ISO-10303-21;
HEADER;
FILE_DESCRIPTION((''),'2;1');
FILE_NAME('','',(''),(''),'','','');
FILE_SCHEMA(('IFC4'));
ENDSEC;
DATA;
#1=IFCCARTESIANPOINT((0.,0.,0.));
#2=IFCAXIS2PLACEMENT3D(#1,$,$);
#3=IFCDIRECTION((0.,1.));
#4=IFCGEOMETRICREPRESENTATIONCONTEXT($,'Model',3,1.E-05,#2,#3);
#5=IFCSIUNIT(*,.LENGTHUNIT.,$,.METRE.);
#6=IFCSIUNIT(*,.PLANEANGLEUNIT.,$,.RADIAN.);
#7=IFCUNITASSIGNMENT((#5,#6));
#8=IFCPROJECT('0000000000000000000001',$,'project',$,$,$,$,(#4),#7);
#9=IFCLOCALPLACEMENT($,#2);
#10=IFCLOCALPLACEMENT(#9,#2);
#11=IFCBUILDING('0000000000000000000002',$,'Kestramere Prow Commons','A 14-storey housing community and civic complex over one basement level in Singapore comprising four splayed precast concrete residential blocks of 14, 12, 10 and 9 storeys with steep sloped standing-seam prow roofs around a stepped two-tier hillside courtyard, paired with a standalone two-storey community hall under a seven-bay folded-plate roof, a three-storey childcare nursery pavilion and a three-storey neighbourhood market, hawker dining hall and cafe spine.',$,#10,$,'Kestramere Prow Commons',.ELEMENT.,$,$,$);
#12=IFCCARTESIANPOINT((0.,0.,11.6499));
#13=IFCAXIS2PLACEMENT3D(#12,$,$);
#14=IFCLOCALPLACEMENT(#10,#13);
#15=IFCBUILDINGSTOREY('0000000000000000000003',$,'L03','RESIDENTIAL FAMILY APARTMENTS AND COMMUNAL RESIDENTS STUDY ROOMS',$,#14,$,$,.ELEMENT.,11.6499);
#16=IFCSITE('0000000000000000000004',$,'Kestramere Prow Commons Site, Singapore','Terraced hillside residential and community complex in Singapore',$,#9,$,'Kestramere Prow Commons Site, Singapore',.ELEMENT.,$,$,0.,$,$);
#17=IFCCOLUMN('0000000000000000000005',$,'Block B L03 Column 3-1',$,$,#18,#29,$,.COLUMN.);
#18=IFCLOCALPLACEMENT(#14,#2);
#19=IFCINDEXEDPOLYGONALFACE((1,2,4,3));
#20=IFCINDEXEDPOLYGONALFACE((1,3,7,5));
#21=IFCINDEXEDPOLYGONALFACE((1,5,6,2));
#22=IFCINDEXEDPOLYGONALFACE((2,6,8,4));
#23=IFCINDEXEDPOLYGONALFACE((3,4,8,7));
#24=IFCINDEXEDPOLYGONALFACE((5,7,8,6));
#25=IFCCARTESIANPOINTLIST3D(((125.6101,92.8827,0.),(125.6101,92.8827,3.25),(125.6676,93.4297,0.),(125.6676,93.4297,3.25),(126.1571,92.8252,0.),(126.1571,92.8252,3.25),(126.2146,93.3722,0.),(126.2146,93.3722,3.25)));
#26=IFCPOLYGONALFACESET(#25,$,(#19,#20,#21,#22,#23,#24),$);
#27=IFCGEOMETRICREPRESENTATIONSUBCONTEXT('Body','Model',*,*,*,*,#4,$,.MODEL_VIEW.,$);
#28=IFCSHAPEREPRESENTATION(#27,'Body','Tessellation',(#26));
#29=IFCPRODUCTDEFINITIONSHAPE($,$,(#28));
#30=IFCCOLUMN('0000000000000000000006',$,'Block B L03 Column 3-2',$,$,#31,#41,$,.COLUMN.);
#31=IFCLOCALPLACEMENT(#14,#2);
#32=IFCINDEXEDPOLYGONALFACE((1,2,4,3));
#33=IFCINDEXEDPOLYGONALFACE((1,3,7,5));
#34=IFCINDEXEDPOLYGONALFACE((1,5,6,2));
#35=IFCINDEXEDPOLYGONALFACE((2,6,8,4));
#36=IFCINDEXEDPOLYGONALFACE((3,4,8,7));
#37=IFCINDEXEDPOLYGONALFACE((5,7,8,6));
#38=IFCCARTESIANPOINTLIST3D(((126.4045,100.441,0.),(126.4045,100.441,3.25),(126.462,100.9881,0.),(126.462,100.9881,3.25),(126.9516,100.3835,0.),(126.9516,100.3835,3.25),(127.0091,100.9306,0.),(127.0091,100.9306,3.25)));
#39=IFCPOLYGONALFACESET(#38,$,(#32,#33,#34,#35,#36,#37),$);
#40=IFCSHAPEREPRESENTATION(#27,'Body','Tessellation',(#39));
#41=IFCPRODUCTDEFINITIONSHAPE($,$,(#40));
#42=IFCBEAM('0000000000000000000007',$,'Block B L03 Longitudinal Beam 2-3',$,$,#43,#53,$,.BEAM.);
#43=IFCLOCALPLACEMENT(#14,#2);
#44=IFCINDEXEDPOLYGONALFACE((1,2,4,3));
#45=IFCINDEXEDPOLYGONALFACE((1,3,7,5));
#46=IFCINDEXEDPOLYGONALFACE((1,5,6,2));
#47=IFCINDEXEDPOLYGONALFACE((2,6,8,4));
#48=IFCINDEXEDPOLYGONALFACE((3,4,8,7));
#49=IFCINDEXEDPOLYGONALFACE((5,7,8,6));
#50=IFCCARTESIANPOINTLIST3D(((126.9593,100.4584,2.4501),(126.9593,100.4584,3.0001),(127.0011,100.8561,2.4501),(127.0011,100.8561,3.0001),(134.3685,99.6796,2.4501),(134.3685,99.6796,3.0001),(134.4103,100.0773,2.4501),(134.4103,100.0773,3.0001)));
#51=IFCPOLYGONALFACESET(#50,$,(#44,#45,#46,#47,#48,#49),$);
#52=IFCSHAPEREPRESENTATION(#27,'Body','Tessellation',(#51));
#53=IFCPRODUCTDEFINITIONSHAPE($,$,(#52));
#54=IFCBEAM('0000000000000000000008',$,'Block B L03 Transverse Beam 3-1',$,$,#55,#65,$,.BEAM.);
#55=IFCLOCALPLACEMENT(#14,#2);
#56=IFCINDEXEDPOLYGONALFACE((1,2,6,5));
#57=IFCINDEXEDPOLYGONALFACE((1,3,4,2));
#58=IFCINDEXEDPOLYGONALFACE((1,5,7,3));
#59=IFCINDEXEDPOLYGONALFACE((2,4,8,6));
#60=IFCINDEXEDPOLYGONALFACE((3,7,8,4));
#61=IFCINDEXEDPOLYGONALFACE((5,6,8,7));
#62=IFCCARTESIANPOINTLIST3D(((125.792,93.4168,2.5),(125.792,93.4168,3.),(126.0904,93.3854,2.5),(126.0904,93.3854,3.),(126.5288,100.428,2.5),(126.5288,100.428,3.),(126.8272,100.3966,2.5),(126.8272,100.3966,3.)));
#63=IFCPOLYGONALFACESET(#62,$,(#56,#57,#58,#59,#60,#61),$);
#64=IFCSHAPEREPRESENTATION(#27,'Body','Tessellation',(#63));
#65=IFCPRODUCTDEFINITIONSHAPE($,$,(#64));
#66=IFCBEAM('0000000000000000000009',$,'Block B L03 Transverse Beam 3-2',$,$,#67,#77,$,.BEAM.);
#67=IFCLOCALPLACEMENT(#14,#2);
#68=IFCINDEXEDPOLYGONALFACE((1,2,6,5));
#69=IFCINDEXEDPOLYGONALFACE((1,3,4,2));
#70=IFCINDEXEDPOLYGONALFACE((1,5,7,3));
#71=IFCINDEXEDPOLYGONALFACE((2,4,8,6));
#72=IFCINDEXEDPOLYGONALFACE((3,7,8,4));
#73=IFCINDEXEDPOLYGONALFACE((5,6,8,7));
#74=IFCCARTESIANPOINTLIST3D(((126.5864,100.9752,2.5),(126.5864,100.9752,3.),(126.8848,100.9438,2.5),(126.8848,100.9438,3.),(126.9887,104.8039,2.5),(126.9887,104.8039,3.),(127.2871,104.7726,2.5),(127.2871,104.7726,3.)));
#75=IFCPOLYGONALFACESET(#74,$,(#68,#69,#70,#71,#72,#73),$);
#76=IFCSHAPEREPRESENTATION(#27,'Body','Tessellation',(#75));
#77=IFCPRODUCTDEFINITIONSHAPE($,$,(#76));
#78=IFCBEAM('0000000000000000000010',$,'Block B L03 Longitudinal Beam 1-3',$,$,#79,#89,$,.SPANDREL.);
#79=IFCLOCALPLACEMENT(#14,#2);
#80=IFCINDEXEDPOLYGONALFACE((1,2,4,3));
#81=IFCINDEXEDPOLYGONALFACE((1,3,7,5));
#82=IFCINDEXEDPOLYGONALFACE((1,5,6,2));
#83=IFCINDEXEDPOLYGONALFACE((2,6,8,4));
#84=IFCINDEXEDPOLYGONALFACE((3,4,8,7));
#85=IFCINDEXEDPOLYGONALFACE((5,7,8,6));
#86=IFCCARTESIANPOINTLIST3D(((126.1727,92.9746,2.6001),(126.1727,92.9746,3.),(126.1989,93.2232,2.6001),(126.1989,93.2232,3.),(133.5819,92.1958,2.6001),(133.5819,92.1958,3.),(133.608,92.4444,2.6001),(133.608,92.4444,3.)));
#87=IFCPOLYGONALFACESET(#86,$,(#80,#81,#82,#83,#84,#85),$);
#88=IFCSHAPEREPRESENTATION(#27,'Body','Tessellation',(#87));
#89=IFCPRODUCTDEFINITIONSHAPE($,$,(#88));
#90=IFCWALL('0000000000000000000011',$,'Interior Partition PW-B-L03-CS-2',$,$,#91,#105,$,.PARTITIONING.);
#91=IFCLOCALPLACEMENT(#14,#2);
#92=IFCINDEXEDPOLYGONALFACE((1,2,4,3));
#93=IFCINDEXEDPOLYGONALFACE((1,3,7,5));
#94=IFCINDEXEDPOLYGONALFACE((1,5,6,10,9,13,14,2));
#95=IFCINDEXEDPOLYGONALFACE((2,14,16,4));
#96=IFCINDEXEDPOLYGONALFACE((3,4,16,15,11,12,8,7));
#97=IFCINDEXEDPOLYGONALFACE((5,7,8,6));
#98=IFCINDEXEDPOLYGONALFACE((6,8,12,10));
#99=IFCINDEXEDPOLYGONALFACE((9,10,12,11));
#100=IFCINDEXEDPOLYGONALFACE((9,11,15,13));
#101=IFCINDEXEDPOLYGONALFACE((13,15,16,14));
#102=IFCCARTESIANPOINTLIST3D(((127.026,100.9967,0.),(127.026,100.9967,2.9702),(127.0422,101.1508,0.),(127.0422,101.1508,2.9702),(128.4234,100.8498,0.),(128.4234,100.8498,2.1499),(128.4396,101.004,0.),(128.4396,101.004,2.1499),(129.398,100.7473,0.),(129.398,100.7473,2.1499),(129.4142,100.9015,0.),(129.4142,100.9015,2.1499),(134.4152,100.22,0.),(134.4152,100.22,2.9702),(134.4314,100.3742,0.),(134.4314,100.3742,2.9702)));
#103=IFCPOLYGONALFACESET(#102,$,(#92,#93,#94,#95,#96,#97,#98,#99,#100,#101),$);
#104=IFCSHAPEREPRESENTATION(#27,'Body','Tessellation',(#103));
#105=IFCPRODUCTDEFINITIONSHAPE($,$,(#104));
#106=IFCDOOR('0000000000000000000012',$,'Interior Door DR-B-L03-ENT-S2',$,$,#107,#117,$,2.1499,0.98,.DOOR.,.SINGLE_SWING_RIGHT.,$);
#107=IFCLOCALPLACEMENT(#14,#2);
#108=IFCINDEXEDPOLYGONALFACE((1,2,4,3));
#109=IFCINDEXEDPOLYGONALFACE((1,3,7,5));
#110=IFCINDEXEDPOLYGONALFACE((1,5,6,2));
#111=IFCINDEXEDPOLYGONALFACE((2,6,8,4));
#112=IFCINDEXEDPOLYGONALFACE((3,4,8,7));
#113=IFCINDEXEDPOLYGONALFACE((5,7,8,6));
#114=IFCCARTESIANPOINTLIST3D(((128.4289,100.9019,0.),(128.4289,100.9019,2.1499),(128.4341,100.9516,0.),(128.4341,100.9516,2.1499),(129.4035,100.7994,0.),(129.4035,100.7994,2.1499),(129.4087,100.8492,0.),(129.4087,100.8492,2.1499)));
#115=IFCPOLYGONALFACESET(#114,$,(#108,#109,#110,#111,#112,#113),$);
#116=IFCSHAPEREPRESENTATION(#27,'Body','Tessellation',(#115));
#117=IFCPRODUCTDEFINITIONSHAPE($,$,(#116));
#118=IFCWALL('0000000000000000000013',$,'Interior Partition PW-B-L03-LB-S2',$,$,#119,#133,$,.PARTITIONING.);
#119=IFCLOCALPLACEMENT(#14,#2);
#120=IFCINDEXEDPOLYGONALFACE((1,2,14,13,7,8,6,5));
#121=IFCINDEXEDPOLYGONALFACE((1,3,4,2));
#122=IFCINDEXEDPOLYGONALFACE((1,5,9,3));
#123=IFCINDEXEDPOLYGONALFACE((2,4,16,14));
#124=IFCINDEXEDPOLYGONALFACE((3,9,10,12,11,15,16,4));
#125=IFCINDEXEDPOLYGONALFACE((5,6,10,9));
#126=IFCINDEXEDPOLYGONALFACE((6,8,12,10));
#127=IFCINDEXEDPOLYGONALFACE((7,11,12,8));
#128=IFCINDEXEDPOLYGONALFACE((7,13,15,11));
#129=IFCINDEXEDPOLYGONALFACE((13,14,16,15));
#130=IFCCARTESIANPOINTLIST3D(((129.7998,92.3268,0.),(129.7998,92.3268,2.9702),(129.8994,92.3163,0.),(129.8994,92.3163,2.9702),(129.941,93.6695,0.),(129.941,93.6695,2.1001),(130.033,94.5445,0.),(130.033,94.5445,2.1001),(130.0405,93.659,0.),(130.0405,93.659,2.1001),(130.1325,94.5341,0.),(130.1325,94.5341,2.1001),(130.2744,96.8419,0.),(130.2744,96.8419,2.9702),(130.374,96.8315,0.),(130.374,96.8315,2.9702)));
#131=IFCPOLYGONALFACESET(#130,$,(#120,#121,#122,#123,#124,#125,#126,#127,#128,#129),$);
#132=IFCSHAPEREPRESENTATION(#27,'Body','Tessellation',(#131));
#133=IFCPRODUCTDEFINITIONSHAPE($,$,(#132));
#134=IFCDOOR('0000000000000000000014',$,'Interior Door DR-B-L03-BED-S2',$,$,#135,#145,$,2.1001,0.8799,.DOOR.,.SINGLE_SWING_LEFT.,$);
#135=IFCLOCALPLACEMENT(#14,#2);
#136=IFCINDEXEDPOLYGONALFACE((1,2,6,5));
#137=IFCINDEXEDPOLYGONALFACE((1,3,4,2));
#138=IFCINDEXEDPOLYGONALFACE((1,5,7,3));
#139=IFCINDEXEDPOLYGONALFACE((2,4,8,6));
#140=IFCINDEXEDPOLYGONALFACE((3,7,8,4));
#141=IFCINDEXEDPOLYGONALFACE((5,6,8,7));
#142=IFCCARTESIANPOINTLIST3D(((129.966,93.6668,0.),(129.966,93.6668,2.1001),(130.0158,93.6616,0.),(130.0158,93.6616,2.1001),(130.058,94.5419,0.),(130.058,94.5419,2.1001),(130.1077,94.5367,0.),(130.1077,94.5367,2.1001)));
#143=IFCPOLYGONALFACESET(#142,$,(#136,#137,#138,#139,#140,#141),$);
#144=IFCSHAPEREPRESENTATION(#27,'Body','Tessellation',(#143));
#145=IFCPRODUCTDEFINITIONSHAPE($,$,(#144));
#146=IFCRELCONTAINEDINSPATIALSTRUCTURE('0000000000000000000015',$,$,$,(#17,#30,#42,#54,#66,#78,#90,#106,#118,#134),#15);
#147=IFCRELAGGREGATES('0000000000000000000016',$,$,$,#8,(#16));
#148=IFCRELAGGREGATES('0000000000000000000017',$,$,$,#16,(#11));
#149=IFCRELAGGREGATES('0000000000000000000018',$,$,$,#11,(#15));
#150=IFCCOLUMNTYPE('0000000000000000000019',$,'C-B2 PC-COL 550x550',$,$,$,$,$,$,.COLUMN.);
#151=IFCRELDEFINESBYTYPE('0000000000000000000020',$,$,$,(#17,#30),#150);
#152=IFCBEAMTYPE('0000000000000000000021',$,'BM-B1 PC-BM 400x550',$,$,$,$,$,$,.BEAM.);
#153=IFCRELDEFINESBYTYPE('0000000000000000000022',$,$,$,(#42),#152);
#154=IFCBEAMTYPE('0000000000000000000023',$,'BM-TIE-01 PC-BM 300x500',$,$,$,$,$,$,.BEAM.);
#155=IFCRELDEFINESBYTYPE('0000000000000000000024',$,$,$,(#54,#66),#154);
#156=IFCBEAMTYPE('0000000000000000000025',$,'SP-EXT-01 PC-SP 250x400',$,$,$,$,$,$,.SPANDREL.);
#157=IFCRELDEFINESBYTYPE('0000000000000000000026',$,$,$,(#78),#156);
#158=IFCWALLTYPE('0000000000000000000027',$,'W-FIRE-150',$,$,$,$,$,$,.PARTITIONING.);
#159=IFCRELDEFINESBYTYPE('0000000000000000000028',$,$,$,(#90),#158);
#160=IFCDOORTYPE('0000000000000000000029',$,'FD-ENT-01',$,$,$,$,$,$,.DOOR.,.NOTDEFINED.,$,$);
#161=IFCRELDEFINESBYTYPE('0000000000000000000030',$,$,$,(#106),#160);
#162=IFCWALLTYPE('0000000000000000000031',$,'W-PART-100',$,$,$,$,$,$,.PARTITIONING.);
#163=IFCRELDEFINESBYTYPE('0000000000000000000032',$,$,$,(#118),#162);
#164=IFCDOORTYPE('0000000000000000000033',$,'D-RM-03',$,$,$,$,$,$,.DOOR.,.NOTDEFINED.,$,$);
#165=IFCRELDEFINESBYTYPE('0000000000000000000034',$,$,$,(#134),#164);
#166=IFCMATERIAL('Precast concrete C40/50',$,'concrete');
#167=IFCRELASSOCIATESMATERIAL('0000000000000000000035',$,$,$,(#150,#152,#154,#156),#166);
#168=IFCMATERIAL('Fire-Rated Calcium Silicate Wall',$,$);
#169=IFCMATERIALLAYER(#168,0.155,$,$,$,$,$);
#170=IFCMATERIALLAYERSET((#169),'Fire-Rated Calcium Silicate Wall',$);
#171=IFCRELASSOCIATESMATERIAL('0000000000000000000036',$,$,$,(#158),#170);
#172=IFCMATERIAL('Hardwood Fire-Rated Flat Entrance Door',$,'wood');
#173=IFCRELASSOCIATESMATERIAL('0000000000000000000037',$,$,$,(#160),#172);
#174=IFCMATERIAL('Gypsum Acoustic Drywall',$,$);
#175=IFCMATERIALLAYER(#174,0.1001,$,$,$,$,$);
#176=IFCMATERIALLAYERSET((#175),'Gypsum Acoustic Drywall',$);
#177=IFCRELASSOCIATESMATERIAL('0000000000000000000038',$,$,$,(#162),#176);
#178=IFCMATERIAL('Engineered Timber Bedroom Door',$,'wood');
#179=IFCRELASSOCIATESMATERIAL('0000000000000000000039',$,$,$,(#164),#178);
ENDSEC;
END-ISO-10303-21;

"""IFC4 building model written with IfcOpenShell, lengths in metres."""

from ifc_helpers import new_model, si_unit, direction, frame, frame_2d, origin, origin_2d, place, context, subcontext, project, spatial, rectangle, extrude, material, layer, layer_set, material_profile, profile_set, type_object, element, fill, save


model = new_model("IFC4")

# Units and contexts
model_context = context("Model", 3, precision=1e-05, world=origin(), true_north=direction((0.0, 1.0)))
body_context = subcontext(model_context, "Body", "Model", "MODEL_VIEW")
ifc_project = project(units=[si_unit("LENGTHUNIT", "METRE"), si_unit("PLANEANGLEUNIT", "RADIAN")], contexts=[model_context])

# Site, building, storey
site_placement = place(None, origin())
site = spatial("IfcSite", under=ifc_project, at=site_placement, Name="Kestramere Prow Commons Site, Singapore", Description="Terraced hillside residential and community complex in Singapore", LongName="Kestramere Prow Commons Site, Singapore", CompositionType="ELEMENT", RefElevation=0.0)
building_placement = place(site_placement, origin())
building = spatial("IfcBuilding", under=site, at=building_placement, Name="Kestramere Prow Commons", Description="A 14-storey housing community and civic complex over one basement level in Singapore comprising four splayed precast concrete residential blocks of 14, 12, 10 and 9 storeys with steep sloped standing-seam prow roofs around a stepped two-tier hillside courtyard, paired with a standalone two-storey community hall under a seven-bay folded-plate roof, a three-storey childcare nursery pavilion and a three-storey neighbourhood market, hawker dining hall and cafe spine.", LongName="Kestramere Prow Commons", CompositionType="ELEMENT")
storey_placement = place(building_placement, frame((0.0, 0.0, 11.6499)))
storey = spatial("IfcBuildingStorey", under=building, at=storey_placement, Name="L03", Description="RESIDENTIAL FAMILY APARTMENTS AND COMMUNAL RESIDENTS STUDY ROOMS", CompositionType="ELEMENT", Elevation=11.6499)

# Columns
ifc_material_1 = material(Name="Precast concrete C40/50", Category="concrete")
ifc_material_profile_1 = material_profile(ifc_material_1, rectangle(XDim=0.55, YDim=0.55, at=origin_2d()), Name="PC-COL 550x550")
ifc_profile_set_1 = profile_set([ifc_material_profile_1], Name="Precast concrete C40/50")
column_type = type_object("IfcColumnType", Name="C-B2 PC-COL 550x550", PredefinedType="COLUMN", material=ifc_profile_set_1)
for number, where, z_axis, x_axis, name in (
    (1, (125.9124, 93.1274, 0.0), (0.0, 0.0, 1.0), (0.994522, -0.104528, 0.0), "Block B L03 Column 3-1"),
    (2, (126.7068, 100.6858, 0.0), (0.0, 0.0, 1.0), (0.994522, -0.104528, 0.0), "Block B L03 Column 3-2"),
):
    element("IfcColumn", number, at=place(storey_placement, frame(where, z_axis=z_axis, x_axis=x_axis)), inside=storey, type_object=column_type, Name=name, PredefinedType="COLUMN", context=body_context, shape_type="SweptSolid", body=[
        extrude(rectangle(XDim=0.55, YDim=0.55, at=origin_2d()), origin(), (0.0, 0.0, 1.0), 3.25),
    ])

# Beams
ifc_material_profile_2 = material_profile(ifc_material_1, rectangle(XDim=0.3999, YDim=0.55, at=origin_2d()), Name="PC-BM 400x550")
ifc_profile_set_2 = profile_set([ifc_material_profile_2], Name="Precast concrete C40/50")
beam_type_1 = type_object("IfcBeamType", Name="BM-B1 PC-BM 400x550", PredefinedType="BEAM", material=ifc_profile_set_2)
beam_1_placement = place(storey_placement, frame((126.9802, 100.6572, 2.7251), z_axis=(0.994521, -0.104538, 0.0), x_axis=(0.104538, 0.994521, 0.0)))
element("IfcBeam", 3, at=beam_1_placement, inside=storey, type_object=beam_type_1, Name="Block B L03 Longitudinal Beam 2-3", PredefinedType="BEAM", context=body_context, shape_type="SweptSolid", body=[
    extrude(rectangle(XDim=0.3999, YDim=0.55, at=origin_2d()), origin(), (0.0, 0.0, 1.0), 7.45),
])
ifc_material_profile_3 = material_profile(ifc_material_1, rectangle(XDim=0.3, YDim=0.5, at=origin_2d()), Name="PC-BM 300x500")
ifc_profile_set_3 = profile_set([ifc_material_profile_3], Name="Precast concrete C40/50")
beam_type_2 = type_object("IfcBeamType", Name="BM-TIE-01 PC-BM 300x500", PredefinedType="BEAM", material=ifc_profile_set_3)
beam_2_placement = place(storey_placement, frame((125.9412, 93.4011, 2.75), z_axis=(0.104515, 0.994523, 0.0), x_axis=(-0.994523, 0.104515, 0.0)))
element("IfcBeam", 4, at=beam_2_placement, inside=storey, type_object=beam_type_2, Name="Block B L03 Transverse Beam 3-1", PredefinedType="BEAM", context=body_context, shape_type="SweptSolid", body=[
    extrude(rectangle(XDim=0.3, YDim=0.5, at=origin_2d()), origin(), (0.0, 0.0, 1.0), 7.0498),
])
beam_3_placement = place(storey_placement, frame((126.7356, 100.9595, 2.75), z_axis=(0.104507, 0.994524, 0.0), x_axis=(-0.994524, 0.104507, 0.0)))
element("IfcBeam", 5, at=beam_3_placement, inside=storey, type_object=beam_type_2, Name="Block B L03 Transverse Beam 3-2", PredefinedType="BEAM", context=body_context, shape_type="SweptSolid", body=[
    extrude(rectangle(XDim=0.3, YDim=0.5, at=origin_2d()), origin(), (0.0, 0.0, 1.0), 3.8499),
])
ifc_material_profile_4 = material_profile(ifc_material_1, rectangle(XDim=0.25, YDim=0.3999, at=origin_2d()), Name="PC-SP 250x400")
ifc_profile_set_4 = profile_set([ifc_material_profile_4], Name="Precast concrete C40/50")
beam_type_3 = type_object("IfcBeamType", Name="SP-EXT-01 PC-SP 250x400", PredefinedType="SPANDREL", material=ifc_profile_set_4)
beam_4_placement = place(storey_placement, frame((126.1858, 93.0989, 2.8), z_axis=(0.994521, -0.104538, 0.0), x_axis=(0.104538, 0.994521, 0.0)))
element("IfcBeam", 6, at=beam_4_placement, inside=storey, type_object=beam_type_3, Name="Block B L03 Longitudinal Beam 1-3", PredefinedType="SPANDREL", context=body_context, shape_type="SweptSolid", body=[
    extrude(rectangle(XDim=0.25, YDim=0.3999, at=origin_2d()), origin(), (0.0, 0.0, 1.0), 7.45),
])

# Walls, openings, doors
ifc_material_2 = material(Name="Fire-Rated Calcium Silicate Wall")
ifc_layer_1 = layer(ifc_material_2, 0.155)
ifc_layer_set_1 = layer_set([ifc_layer_1], Name="Fire-Rated Calcium Silicate Wall")
wall_type_1 = type_object("IfcWallType", Name="W-FIRE-150", PredefinedType="PARTITIONING", material=ifc_layer_set_1)
wall_1_placement = place(storey_placement, frame((127.0342, 101.0737, 0.0), z_axis=(0.0, 0.0, 1.0), x_axis=(0.994522, -0.104526, 0.0)))
wall_1 = element("IfcWall", 7, at=wall_1_placement, inside=storey, type_object=wall_type_1, Name="Interior Partition PW-B-L03-CS-2", PredefinedType="PARTITIONING", context=body_context, shape_type="SweptSolid", body=[
    extrude(rectangle(XDim=7.4299, YDim=0.155, at=frame_2d((3.7148, 0.0))), origin(), (0.0, 0.0, 1.0), 2.9702),
])
opening_1_placement = place(wall_1_placement, frame((1.405, 0.0, 0.0)))
opening_1 = element("IfcOpeningElement", 8, at=opening_1_placement, cuts=wall_1, PredefinedType="OPENING", context=body_context, shape_type="SweptSolid", body=[
    extrude(rectangle(XDim=0.98, YDim=2.1499, at=frame_2d((0.49, 1.075))), frame((0.0, 0.0925, 0.0), z_axis=(0.0, -1.0, 0.0), x_axis=(1.0, 0.0, 0.0)), (0.0, 0.0, 1.0), 0.1851),
])
ifc_material_3 = material(Name="Hardwood Fire-Rated Flat Entrance Door", Category="wood")
door_type_1 = type_object("IfcDoorType", Name="FD-ENT-01", OperationType="NOTDEFINED", PredefinedType="DOOR", material=ifc_material_3)
door_1_placement = place(opening_1_placement, origin())
door_1 = element("IfcDoor", 9, at=door_1_placement, inside=storey, type_object=door_type_1, Name="Interior Door DR-B-L03-ENT-S2", OperationType="SINGLE_SWING_RIGHT", OverallHeight=2.1499, OverallWidth=0.98, PredefinedType="DOOR", context=body_context, shape_type="SweptSolid", body=[
    extrude(rectangle(XDim=0.98, YDim=2.1499, at=frame_2d((0.49, 1.075))), frame((0.0, 0.0249, 0.0), z_axis=(0.0, -1.0, 0.0), x_axis=(1.0, 0.0, 0.0)), (0.0, 0.0, 1.0), 0.05),
])
fill(opening_1, door_1)
ifc_material_4 = material(Name="Gypsum Acoustic Drywall")
ifc_layer_2 = layer(ifc_material_4, 0.1001)
ifc_layer_set_2 = layer_set([ifc_layer_2], Name="Gypsum Acoustic Drywall")
wall_type_2 = type_object("IfcWallType", Name="W-PART-100", PredefinedType="PARTITIONING", material=ifc_layer_set_2)
wall_2_placement = place(storey_placement, frame((129.8496, 92.3215, 0.0), z_axis=(0.0, 0.0, 1.0), x_axis=(0.104539, 0.994521, 0.0)))
wall_2 = element("IfcWall", 10, at=wall_2_placement, inside=storey, type_object=wall_type_2, Name="Interior Partition PW-B-L03-LB-S2", PredefinedType="PARTITIONING", context=body_context, shape_type="SweptSolid", body=[
    extrude(rectangle(XDim=4.54, YDim=0.1001, at=frame_2d((2.27, 0.0))), origin(), (0.0, 0.0, 1.0), 2.9702),
])
opening_2_placement = place(wall_2_placement, frame((1.3501, 0.0, 0.0)))
opening_2 = element("IfcOpeningElement", 11, at=opening_2_placement, cuts=wall_2, PredefinedType="OPENING", context=body_context, shape_type="SweptSolid", body=[
    extrude(rectangle(XDim=0.8799, YDim=2.1001, at=frame_2d((0.4399, 1.05))), frame((0.0, 0.0649, 0.0), z_axis=(0.0, -1.0, 0.0), x_axis=(1.0, 0.0, 0.0)), (0.0, 0.0, 1.0), 0.1301),
])
ifc_material_5 = material(Name="Engineered Timber Bedroom Door", Category="wood")
door_type_2 = type_object("IfcDoorType", Name="D-RM-03", OperationType="NOTDEFINED", PredefinedType="DOOR", material=ifc_material_5)
door_2_placement = place(opening_2_placement, origin())
door_2 = element("IfcDoor", 12, at=door_2_placement, inside=storey, type_object=door_type_2, Name="Interior Door DR-B-L03-BED-S2", OperationType="SINGLE_SWING_LEFT", OverallHeight=2.1001, OverallWidth=0.8799, PredefinedType="DOOR", context=body_context, shape_type="SweptSolid", body=[
    extrude(rectangle(XDim=0.8799, YDim=2.1001, at=frame_2d((0.4399, 1.05))), frame((0.0, 0.0249, 0.0), z_axis=(0.0, -1.0, 0.0), x_axis=(1.0, 0.0, 0.0)), (0.0, 0.0, 1.0), 0.05),
])
fill(opening_2, door_2)

save(model, "model.ifc")
